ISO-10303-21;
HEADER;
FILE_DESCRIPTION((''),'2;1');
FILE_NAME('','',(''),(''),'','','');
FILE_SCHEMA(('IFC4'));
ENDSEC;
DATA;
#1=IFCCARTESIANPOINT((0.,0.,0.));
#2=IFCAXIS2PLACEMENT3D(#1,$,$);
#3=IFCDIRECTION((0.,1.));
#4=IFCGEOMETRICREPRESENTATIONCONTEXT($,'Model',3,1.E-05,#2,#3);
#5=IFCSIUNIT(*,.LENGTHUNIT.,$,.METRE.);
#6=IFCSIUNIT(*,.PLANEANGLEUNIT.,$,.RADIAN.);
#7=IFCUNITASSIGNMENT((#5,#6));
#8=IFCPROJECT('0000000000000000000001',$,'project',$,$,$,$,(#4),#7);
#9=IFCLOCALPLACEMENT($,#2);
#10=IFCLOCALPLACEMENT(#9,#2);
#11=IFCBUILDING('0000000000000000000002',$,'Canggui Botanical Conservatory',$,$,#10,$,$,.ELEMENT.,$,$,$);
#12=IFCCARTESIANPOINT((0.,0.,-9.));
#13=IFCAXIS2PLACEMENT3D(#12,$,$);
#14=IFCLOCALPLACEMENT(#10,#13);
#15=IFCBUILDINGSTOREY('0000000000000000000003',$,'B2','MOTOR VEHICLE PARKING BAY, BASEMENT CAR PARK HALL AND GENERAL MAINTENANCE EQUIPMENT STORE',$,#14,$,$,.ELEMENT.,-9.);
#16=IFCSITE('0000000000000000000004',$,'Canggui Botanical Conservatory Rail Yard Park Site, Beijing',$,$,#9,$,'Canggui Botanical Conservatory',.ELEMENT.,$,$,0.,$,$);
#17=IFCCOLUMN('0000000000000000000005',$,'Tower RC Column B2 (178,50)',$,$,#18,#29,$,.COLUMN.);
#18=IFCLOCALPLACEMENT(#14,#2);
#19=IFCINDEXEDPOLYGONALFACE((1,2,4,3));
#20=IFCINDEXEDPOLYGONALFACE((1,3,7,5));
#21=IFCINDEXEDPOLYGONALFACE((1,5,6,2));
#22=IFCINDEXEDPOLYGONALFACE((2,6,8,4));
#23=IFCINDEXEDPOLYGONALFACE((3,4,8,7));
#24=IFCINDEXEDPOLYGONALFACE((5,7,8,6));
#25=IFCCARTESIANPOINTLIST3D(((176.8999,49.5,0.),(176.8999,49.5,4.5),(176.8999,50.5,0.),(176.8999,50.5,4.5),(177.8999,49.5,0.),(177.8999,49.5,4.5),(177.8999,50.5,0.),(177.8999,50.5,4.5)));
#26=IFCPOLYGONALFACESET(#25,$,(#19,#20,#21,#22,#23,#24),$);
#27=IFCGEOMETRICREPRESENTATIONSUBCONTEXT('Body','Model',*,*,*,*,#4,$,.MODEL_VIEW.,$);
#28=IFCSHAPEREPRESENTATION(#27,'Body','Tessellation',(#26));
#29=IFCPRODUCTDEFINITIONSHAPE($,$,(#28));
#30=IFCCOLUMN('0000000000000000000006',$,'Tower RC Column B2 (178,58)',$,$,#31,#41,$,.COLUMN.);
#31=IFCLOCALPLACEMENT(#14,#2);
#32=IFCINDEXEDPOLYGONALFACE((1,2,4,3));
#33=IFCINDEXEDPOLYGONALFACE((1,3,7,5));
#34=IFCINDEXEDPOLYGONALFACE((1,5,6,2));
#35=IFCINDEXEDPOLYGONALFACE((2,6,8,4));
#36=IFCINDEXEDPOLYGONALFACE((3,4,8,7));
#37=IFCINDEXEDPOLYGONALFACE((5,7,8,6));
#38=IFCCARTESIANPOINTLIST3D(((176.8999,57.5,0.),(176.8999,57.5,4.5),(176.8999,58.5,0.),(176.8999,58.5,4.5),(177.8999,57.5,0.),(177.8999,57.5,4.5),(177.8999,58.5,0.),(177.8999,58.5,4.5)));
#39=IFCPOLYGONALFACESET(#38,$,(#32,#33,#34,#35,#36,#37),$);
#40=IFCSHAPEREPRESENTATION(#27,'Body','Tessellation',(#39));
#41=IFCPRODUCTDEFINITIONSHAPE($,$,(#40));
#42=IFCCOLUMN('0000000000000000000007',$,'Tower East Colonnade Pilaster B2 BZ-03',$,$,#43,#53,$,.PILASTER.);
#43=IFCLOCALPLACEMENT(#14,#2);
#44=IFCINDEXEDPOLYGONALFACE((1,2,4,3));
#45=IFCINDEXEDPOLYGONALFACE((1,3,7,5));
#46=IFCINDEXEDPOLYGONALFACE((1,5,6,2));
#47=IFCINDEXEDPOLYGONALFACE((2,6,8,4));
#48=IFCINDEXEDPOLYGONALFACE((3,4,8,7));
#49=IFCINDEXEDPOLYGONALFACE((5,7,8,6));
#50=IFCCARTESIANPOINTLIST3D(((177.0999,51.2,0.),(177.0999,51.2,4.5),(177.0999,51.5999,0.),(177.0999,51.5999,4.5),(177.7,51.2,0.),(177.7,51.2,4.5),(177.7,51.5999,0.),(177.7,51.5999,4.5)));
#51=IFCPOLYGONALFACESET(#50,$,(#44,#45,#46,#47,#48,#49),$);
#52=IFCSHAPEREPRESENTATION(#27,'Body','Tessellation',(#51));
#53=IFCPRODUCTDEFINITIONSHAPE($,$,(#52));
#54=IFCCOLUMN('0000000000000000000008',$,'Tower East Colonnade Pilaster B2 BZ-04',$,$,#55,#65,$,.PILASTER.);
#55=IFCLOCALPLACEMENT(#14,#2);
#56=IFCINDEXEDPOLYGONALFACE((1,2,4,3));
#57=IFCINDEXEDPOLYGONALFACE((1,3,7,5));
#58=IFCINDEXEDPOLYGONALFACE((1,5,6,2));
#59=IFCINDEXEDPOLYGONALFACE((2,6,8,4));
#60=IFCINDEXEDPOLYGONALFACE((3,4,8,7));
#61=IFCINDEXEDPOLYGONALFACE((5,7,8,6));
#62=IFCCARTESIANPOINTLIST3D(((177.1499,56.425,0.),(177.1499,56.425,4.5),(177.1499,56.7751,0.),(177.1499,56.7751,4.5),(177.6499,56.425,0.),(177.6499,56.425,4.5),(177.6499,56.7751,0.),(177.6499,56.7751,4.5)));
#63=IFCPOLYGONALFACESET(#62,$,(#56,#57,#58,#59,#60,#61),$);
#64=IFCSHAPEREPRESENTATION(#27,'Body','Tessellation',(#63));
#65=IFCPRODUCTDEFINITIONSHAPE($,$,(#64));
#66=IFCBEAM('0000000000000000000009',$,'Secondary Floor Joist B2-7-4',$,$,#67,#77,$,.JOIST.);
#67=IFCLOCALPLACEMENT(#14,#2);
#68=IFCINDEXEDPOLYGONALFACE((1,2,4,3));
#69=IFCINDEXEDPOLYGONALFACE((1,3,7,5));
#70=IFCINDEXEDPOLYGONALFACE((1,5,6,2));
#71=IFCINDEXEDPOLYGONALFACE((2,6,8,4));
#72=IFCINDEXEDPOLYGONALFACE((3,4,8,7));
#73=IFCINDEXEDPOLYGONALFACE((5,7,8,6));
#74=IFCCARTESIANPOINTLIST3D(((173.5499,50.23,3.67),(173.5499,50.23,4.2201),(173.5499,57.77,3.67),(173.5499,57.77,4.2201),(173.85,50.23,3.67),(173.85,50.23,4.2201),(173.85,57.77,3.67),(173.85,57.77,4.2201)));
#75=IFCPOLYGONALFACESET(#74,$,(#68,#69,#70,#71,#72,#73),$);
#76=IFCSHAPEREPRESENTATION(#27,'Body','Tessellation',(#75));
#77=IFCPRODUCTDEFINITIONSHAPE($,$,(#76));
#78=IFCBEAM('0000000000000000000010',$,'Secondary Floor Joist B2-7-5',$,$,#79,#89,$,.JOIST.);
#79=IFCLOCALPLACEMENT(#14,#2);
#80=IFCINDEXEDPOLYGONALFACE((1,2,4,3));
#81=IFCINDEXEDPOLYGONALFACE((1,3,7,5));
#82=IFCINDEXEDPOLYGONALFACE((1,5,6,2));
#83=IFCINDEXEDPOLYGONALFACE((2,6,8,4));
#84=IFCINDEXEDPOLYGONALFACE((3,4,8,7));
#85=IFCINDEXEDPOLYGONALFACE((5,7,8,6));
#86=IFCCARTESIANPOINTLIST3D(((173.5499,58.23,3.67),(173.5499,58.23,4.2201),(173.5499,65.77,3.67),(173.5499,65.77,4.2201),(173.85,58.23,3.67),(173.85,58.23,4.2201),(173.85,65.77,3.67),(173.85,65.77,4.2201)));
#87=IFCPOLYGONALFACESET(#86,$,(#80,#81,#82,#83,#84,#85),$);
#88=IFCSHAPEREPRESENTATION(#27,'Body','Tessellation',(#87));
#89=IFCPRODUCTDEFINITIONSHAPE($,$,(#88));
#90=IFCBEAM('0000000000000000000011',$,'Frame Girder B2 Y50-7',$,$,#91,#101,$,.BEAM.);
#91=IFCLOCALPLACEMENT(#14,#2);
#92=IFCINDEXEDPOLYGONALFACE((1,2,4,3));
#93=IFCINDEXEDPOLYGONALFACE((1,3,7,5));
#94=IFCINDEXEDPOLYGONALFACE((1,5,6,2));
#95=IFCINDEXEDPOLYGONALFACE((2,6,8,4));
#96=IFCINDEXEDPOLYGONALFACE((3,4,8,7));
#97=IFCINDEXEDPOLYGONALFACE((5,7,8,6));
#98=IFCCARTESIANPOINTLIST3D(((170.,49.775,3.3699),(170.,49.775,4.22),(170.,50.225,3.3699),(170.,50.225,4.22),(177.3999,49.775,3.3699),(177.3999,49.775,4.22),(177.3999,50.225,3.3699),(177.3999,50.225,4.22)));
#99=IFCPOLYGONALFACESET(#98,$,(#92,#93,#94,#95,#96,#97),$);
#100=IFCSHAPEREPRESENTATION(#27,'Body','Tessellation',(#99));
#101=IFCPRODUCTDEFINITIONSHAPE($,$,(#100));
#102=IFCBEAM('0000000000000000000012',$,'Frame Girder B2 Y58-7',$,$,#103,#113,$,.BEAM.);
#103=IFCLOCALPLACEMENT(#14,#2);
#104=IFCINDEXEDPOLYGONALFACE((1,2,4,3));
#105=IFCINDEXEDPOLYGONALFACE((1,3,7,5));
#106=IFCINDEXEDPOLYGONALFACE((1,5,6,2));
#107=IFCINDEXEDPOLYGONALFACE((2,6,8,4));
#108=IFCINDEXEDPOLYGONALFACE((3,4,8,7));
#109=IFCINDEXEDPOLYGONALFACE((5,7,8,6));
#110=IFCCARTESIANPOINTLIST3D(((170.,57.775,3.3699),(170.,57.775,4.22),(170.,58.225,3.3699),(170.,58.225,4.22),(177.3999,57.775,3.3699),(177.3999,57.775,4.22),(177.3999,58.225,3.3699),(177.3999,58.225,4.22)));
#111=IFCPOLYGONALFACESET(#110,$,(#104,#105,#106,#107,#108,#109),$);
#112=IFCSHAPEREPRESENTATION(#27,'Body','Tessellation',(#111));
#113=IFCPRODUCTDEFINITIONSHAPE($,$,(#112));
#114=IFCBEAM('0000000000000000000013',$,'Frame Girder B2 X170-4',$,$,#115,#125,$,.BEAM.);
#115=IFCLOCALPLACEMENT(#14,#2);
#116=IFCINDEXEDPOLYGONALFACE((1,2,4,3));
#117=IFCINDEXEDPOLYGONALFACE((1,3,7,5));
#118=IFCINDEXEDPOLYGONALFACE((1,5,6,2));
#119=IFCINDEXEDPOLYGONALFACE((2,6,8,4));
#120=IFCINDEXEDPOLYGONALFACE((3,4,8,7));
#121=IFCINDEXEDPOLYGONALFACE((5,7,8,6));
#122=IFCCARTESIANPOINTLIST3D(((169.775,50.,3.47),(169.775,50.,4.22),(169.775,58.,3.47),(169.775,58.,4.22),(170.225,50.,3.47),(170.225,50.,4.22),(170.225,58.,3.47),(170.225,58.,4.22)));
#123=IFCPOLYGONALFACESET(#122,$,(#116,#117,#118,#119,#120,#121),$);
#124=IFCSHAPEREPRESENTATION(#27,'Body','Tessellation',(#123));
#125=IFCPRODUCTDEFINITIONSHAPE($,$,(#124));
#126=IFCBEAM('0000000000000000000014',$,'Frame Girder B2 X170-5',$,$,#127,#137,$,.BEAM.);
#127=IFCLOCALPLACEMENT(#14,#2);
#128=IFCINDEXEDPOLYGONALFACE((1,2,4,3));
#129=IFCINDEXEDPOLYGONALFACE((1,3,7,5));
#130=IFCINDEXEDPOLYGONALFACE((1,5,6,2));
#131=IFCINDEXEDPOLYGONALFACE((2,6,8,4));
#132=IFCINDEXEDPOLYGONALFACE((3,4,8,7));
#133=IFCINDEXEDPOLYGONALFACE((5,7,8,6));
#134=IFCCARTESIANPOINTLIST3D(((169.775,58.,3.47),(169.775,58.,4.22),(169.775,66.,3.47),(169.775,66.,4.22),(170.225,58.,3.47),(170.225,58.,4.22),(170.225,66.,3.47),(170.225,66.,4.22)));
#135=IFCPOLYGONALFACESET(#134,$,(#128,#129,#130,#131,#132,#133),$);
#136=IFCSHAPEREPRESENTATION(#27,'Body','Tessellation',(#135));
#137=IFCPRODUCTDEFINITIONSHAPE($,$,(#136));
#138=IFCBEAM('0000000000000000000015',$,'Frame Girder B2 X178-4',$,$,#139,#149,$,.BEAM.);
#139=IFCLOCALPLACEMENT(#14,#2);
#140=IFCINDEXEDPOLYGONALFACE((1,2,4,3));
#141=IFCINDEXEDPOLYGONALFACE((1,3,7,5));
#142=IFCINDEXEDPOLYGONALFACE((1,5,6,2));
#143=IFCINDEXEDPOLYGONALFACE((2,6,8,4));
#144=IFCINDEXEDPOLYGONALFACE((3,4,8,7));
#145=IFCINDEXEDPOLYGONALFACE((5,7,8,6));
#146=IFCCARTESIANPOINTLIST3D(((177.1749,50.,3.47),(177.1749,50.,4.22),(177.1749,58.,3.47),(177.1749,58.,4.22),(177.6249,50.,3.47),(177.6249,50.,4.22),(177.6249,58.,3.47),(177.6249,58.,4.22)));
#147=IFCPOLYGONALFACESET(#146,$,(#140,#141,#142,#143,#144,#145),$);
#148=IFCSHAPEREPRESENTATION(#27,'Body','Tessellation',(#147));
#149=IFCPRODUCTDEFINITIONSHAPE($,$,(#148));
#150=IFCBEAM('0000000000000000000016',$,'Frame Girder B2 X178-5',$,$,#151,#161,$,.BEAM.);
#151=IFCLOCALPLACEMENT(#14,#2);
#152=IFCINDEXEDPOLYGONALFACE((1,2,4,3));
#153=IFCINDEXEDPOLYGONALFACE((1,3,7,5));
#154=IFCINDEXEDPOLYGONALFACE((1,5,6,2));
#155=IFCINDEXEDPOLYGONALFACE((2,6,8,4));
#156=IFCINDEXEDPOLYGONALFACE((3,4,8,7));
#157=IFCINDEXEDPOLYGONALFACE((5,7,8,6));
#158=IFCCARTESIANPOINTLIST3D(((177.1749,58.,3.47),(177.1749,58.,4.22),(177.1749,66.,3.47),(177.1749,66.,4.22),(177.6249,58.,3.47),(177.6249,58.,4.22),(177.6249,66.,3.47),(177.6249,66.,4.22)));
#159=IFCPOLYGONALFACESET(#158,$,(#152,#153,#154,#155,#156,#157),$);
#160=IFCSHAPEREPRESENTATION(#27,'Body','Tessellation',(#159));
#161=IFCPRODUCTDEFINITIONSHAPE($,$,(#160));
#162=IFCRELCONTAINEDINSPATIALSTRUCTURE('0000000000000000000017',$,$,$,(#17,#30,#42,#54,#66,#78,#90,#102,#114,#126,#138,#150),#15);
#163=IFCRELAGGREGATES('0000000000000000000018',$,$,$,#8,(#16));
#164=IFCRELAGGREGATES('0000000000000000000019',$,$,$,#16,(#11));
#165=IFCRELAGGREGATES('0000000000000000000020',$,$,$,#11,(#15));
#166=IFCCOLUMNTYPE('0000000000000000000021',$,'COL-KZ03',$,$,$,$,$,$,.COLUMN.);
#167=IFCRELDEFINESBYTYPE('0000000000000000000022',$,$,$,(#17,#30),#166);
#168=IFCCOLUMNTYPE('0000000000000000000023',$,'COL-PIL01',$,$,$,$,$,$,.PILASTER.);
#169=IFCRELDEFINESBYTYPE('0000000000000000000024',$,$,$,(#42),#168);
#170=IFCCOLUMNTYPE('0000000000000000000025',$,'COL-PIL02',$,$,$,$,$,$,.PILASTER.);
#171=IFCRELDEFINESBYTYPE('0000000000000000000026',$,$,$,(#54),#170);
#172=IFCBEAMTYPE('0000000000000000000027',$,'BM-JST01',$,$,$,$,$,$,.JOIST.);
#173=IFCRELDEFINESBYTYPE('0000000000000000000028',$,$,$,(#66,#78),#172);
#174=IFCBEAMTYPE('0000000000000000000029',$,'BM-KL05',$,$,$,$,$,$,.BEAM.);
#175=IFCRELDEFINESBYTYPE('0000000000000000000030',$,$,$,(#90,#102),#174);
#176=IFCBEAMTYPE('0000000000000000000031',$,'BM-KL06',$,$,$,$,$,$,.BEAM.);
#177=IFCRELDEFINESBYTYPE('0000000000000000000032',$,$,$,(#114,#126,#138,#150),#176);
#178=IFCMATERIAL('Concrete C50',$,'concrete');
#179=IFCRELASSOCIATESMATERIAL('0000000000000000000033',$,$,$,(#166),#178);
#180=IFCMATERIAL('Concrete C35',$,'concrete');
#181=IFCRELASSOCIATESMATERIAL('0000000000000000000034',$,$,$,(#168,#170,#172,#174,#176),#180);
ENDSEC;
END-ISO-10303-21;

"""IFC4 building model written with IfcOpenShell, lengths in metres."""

from ifc_helpers import new_model, si_unit, direction, frame, origin, origin_2d, place, context, subcontext, project, spatial, rectangle, extrude, material, material_profile, profile_set, type_object, element, save


model = new_model("IFC4")

# Units and contexts
model_context = context("Model", 3, precision=1e-05, world=origin(), true_north=direction((0.0, 1.0)))
body_context = subcontext(model_context, "Body", "Model", "MODEL_VIEW")
ifc_project = project(units=[si_unit("LENGTHUNIT", "METRE"), si_unit("PLANEANGLEUNIT", "RADIAN")], contexts=[model_context])

# Site, building, storey
site_placement = place(None, origin())
site = spatial("IfcSite", under=ifc_project, at=site_placement, Name="Canggui Botanical Conservatory Rail Yard Park Site, Beijing", LongName="Canggui Botanical Conservatory", CompositionType="ELEMENT", RefElevation=0.0)
building_placement = place(site_placement, origin())
building = spatial("IfcBuilding", under=site, at=building_placement, Name="Canggui Botanical Conservatory", CompositionType="ELEMENT")
storey_placement = place(building_placement, frame((0.0, 0.0, -9.0)))
storey = spatial("IfcBuildingStorey", under=building, at=storey_placement, Name="B2", Description="MOTOR VEHICLE PARKING BAY, BASEMENT CAR PARK HALL AND GENERAL MAINTENANCE EQUIPMENT STORE", CompositionType="ELEMENT", Elevation=-9.0)

# Shared definitions
ifc_material_1 = material(Name="Concrete C35", Category="concrete")

# Columns
ifc_material_2 = material(Name="Concrete C50", Category="concrete")
ifc_material_profile_1 = material_profile(ifc_material_2, rectangle(XDim=1.0, YDim=1.0, at=origin_2d()), Name="RC 1000x1000")
ifc_profile_set_1 = profile_set([ifc_material_profile_1], Name="Concrete C50")
column_type_1 = type_object("IfcColumnType", Name="COL-KZ03", PredefinedType="COLUMN", material=ifc_profile_set_1)
for number, where, z_axis, x_axis, name in (
    (1, (177.3999, 50.0, 0.0), (0.0, 0.0, 1.0), (1.0, 0.0, 0.0), "Tower RC Column B2 (178,50)"),
    (2, (177.3999, 58.0, 0.0), (0.0, 0.0, 1.0), (1.0, 0.0, 0.0), "Tower RC Column B2 (178,58)"),
):
    element("IfcColumn", number, at=place(storey_placement, frame(where, z_axis=z_axis, x_axis=x_axis)), inside=storey, type_object=column_type_1, Name=name, PredefinedType="COLUMN", context=body_context, shape_type="SweptSolid", body=[
        extrude(rectangle(XDim=1.0, YDim=1.0, at=origin_2d()), origin(), (0.0, 0.0, 1.0), 4.5),
    ])
ifc_material_profile_2 = material_profile(ifc_material_1, rectangle(XDim=0.3999, YDim=0.6001, at=origin_2d()), Name="RC 400x600")
ifc_profile_set_2 = profile_set([ifc_material_profile_2], Name="Concrete C35")
column_type_2 = type_object("IfcColumnType", Name="COL-PIL01", PredefinedType="PILASTER", material=ifc_profile_set_2)
column_1_placement = place(storey_placement, frame((177.3999, 51.3999, 0.0), z_axis=(0.0, 0.0, 1.0), x_axis=(0.0, 1.0, 0.0)))
element("IfcColumn", 3, at=column_1_placement, inside=storey, type_object=column_type_2, Name="Tower East Colonnade Pilaster B2 BZ-03", PredefinedType="PILASTER", context=body_context, shape_type="SweptSolid", body=[
    extrude(rectangle(XDim=0.3999, YDim=0.6001, at=origin_2d()), origin(), (0.0, 0.0, 1.0), 4.5),
])
ifc_material_profile_3 = material_profile(ifc_material_1, rectangle(XDim=0.3501, YDim=0.5, at=origin_2d()), Name="RC 350x500")
ifc_profile_set_3 = profile_set([ifc_material_profile_3], Name="Concrete C35")
column_type_3 = type_object("IfcColumnType", Name="COL-PIL02", PredefinedType="PILASTER", material=ifc_profile_set_3)
column_2_placement = place(storey_placement, frame((177.3999, 56.6001, 0.0), z_axis=(0.0, 0.0, 1.0), x_axis=(0.0, 1.0, 0.0)))
element("IfcColumn", 4, at=column_2_placement, inside=storey, type_object=column_type_3, Name="Tower East Colonnade Pilaster B2 BZ-04", PredefinedType="PILASTER", context=body_context, shape_type="SweptSolid", body=[
    extrude(rectangle(XDim=0.3501, YDim=0.5, at=origin_2d()), origin(), (0.0, 0.0, 1.0), 4.5),
])

# Beams
ifc_material_profile_4 = material_profile(ifc_material_1, rectangle(XDim=0.3, YDim=0.55, at=origin_2d()), Name="RB 300x550")
ifc_profile_set_4 = profile_set([ifc_material_profile_4], Name="Concrete C35")
beam_type_1 = type_object("IfcBeamType", Name="BM-JST01", PredefinedType="JOIST", material=ifc_profile_set_4)
for number, where, z_axis, x_axis, name in (
    (5, (173.7, 50.23, 3.9451), (0.0, 1.0, 0.0), (-1.0, 0.0, 0.0), "Secondary Floor Joist B2-7-4"),
    (6, (173.7, 58.23, 3.9451), (0.0, 1.0, 0.0), (-1.0, 0.0, 0.0), "Secondary Floor Joist B2-7-5"),
):
    element("IfcBeam", number, at=place(storey_placement, frame(where, z_axis=z_axis, x_axis=x_axis)), inside=storey, type_object=beam_type_1, Name=name, PredefinedType="JOIST", context=body_context, shape_type="SweptSolid", body=[
        extrude(rectangle(XDim=0.3, YDim=0.55, at=origin_2d()), origin(), (0.0, 0.0, 1.0), 7.54),
    ])
ifc_material_profile_5 = material_profile(ifc_material_1, rectangle(XDim=0.45, YDim=0.8501, at=origin_2d()), Name="RB 450x850")
ifc_profile_set_5 = profile_set([ifc_material_profile_5], Name="Concrete C35")
beam_type_2 = type_object("IfcBeamType", Name="BM-KL05", PredefinedType="BEAM", material=ifc_profile_set_5)
for number, where, z_axis, x_axis, name in (
    (7, (170.0, 50.0, 3.7949), (1.0, 0.0, 0.0), (0.0, 1.0, 0.0), "Frame Girder B2 Y50-7"),
    (8, (170.0, 58.0, 3.7949), (1.0, 0.0, 0.0), (0.0, 1.0, 0.0), "Frame Girder B2 Y58-7"),
):
    element("IfcBeam", number, at=place(storey_placement, frame(where, z_axis=z_axis, x_axis=x_axis)), inside=storey, type_object=beam_type_2, Name=name, PredefinedType="BEAM", context=body_context, shape_type="SweptSolid", body=[
        extrude(rectangle(XDim=0.45, YDim=0.8501, at=origin_2d()), origin(), (0.0, 0.0, 1.0), 7.3999),
    ])
ifc_material_profile_6 = material_profile(ifc_material_1, rectangle(XDim=0.45, YDim=0.75, at=origin_2d()), Name="RB 450x750")
ifc_profile_set_6 = profile_set([ifc_material_profile_6], Name="Concrete C35")
beam_type_3 = type_object("IfcBeamType", Name="BM-KL06", PredefinedType="BEAM", material=ifc_profile_set_6)
for number, where, z_axis, x_axis, name in (
    (9, (170.0, 50.0, 3.845), (0.0, 1.0, 0.0), (-1.0, 0.0, 0.0), "Frame Girder B2 X170-4"),
    (10, (170.0, 58.0, 3.845), (0.0, 1.0, 0.0), (-1.0, 0.0, 0.0), "Frame Girder B2 X170-5"),
    (11, (177.3999, 50.0, 3.845), (0.0, 1.0, 0.0), (-1.0, 0.0, 0.0), "Frame Girder B2 X178-4"),
    (12, (177.3999, 58.0, 3.845), (0.0, 1.0, 0.0), (-1.0, 0.0, 0.0), "Frame Girder B2 X178-5"),
):
    element("IfcBeam", number, at=place(storey_placement, frame(where, z_axis=z_axis, x_axis=x_axis)), inside=storey, type_object=beam_type_3, Name=name, PredefinedType="BEAM", context=body_context, shape_type="SweptSolid", body=[
        extrude(rectangle(XDim=0.45, YDim=0.75, at=origin_2d()), origin(), (0.0, 0.0, 1.0), 8.0),
    ])

save(model, "model.ifc")
